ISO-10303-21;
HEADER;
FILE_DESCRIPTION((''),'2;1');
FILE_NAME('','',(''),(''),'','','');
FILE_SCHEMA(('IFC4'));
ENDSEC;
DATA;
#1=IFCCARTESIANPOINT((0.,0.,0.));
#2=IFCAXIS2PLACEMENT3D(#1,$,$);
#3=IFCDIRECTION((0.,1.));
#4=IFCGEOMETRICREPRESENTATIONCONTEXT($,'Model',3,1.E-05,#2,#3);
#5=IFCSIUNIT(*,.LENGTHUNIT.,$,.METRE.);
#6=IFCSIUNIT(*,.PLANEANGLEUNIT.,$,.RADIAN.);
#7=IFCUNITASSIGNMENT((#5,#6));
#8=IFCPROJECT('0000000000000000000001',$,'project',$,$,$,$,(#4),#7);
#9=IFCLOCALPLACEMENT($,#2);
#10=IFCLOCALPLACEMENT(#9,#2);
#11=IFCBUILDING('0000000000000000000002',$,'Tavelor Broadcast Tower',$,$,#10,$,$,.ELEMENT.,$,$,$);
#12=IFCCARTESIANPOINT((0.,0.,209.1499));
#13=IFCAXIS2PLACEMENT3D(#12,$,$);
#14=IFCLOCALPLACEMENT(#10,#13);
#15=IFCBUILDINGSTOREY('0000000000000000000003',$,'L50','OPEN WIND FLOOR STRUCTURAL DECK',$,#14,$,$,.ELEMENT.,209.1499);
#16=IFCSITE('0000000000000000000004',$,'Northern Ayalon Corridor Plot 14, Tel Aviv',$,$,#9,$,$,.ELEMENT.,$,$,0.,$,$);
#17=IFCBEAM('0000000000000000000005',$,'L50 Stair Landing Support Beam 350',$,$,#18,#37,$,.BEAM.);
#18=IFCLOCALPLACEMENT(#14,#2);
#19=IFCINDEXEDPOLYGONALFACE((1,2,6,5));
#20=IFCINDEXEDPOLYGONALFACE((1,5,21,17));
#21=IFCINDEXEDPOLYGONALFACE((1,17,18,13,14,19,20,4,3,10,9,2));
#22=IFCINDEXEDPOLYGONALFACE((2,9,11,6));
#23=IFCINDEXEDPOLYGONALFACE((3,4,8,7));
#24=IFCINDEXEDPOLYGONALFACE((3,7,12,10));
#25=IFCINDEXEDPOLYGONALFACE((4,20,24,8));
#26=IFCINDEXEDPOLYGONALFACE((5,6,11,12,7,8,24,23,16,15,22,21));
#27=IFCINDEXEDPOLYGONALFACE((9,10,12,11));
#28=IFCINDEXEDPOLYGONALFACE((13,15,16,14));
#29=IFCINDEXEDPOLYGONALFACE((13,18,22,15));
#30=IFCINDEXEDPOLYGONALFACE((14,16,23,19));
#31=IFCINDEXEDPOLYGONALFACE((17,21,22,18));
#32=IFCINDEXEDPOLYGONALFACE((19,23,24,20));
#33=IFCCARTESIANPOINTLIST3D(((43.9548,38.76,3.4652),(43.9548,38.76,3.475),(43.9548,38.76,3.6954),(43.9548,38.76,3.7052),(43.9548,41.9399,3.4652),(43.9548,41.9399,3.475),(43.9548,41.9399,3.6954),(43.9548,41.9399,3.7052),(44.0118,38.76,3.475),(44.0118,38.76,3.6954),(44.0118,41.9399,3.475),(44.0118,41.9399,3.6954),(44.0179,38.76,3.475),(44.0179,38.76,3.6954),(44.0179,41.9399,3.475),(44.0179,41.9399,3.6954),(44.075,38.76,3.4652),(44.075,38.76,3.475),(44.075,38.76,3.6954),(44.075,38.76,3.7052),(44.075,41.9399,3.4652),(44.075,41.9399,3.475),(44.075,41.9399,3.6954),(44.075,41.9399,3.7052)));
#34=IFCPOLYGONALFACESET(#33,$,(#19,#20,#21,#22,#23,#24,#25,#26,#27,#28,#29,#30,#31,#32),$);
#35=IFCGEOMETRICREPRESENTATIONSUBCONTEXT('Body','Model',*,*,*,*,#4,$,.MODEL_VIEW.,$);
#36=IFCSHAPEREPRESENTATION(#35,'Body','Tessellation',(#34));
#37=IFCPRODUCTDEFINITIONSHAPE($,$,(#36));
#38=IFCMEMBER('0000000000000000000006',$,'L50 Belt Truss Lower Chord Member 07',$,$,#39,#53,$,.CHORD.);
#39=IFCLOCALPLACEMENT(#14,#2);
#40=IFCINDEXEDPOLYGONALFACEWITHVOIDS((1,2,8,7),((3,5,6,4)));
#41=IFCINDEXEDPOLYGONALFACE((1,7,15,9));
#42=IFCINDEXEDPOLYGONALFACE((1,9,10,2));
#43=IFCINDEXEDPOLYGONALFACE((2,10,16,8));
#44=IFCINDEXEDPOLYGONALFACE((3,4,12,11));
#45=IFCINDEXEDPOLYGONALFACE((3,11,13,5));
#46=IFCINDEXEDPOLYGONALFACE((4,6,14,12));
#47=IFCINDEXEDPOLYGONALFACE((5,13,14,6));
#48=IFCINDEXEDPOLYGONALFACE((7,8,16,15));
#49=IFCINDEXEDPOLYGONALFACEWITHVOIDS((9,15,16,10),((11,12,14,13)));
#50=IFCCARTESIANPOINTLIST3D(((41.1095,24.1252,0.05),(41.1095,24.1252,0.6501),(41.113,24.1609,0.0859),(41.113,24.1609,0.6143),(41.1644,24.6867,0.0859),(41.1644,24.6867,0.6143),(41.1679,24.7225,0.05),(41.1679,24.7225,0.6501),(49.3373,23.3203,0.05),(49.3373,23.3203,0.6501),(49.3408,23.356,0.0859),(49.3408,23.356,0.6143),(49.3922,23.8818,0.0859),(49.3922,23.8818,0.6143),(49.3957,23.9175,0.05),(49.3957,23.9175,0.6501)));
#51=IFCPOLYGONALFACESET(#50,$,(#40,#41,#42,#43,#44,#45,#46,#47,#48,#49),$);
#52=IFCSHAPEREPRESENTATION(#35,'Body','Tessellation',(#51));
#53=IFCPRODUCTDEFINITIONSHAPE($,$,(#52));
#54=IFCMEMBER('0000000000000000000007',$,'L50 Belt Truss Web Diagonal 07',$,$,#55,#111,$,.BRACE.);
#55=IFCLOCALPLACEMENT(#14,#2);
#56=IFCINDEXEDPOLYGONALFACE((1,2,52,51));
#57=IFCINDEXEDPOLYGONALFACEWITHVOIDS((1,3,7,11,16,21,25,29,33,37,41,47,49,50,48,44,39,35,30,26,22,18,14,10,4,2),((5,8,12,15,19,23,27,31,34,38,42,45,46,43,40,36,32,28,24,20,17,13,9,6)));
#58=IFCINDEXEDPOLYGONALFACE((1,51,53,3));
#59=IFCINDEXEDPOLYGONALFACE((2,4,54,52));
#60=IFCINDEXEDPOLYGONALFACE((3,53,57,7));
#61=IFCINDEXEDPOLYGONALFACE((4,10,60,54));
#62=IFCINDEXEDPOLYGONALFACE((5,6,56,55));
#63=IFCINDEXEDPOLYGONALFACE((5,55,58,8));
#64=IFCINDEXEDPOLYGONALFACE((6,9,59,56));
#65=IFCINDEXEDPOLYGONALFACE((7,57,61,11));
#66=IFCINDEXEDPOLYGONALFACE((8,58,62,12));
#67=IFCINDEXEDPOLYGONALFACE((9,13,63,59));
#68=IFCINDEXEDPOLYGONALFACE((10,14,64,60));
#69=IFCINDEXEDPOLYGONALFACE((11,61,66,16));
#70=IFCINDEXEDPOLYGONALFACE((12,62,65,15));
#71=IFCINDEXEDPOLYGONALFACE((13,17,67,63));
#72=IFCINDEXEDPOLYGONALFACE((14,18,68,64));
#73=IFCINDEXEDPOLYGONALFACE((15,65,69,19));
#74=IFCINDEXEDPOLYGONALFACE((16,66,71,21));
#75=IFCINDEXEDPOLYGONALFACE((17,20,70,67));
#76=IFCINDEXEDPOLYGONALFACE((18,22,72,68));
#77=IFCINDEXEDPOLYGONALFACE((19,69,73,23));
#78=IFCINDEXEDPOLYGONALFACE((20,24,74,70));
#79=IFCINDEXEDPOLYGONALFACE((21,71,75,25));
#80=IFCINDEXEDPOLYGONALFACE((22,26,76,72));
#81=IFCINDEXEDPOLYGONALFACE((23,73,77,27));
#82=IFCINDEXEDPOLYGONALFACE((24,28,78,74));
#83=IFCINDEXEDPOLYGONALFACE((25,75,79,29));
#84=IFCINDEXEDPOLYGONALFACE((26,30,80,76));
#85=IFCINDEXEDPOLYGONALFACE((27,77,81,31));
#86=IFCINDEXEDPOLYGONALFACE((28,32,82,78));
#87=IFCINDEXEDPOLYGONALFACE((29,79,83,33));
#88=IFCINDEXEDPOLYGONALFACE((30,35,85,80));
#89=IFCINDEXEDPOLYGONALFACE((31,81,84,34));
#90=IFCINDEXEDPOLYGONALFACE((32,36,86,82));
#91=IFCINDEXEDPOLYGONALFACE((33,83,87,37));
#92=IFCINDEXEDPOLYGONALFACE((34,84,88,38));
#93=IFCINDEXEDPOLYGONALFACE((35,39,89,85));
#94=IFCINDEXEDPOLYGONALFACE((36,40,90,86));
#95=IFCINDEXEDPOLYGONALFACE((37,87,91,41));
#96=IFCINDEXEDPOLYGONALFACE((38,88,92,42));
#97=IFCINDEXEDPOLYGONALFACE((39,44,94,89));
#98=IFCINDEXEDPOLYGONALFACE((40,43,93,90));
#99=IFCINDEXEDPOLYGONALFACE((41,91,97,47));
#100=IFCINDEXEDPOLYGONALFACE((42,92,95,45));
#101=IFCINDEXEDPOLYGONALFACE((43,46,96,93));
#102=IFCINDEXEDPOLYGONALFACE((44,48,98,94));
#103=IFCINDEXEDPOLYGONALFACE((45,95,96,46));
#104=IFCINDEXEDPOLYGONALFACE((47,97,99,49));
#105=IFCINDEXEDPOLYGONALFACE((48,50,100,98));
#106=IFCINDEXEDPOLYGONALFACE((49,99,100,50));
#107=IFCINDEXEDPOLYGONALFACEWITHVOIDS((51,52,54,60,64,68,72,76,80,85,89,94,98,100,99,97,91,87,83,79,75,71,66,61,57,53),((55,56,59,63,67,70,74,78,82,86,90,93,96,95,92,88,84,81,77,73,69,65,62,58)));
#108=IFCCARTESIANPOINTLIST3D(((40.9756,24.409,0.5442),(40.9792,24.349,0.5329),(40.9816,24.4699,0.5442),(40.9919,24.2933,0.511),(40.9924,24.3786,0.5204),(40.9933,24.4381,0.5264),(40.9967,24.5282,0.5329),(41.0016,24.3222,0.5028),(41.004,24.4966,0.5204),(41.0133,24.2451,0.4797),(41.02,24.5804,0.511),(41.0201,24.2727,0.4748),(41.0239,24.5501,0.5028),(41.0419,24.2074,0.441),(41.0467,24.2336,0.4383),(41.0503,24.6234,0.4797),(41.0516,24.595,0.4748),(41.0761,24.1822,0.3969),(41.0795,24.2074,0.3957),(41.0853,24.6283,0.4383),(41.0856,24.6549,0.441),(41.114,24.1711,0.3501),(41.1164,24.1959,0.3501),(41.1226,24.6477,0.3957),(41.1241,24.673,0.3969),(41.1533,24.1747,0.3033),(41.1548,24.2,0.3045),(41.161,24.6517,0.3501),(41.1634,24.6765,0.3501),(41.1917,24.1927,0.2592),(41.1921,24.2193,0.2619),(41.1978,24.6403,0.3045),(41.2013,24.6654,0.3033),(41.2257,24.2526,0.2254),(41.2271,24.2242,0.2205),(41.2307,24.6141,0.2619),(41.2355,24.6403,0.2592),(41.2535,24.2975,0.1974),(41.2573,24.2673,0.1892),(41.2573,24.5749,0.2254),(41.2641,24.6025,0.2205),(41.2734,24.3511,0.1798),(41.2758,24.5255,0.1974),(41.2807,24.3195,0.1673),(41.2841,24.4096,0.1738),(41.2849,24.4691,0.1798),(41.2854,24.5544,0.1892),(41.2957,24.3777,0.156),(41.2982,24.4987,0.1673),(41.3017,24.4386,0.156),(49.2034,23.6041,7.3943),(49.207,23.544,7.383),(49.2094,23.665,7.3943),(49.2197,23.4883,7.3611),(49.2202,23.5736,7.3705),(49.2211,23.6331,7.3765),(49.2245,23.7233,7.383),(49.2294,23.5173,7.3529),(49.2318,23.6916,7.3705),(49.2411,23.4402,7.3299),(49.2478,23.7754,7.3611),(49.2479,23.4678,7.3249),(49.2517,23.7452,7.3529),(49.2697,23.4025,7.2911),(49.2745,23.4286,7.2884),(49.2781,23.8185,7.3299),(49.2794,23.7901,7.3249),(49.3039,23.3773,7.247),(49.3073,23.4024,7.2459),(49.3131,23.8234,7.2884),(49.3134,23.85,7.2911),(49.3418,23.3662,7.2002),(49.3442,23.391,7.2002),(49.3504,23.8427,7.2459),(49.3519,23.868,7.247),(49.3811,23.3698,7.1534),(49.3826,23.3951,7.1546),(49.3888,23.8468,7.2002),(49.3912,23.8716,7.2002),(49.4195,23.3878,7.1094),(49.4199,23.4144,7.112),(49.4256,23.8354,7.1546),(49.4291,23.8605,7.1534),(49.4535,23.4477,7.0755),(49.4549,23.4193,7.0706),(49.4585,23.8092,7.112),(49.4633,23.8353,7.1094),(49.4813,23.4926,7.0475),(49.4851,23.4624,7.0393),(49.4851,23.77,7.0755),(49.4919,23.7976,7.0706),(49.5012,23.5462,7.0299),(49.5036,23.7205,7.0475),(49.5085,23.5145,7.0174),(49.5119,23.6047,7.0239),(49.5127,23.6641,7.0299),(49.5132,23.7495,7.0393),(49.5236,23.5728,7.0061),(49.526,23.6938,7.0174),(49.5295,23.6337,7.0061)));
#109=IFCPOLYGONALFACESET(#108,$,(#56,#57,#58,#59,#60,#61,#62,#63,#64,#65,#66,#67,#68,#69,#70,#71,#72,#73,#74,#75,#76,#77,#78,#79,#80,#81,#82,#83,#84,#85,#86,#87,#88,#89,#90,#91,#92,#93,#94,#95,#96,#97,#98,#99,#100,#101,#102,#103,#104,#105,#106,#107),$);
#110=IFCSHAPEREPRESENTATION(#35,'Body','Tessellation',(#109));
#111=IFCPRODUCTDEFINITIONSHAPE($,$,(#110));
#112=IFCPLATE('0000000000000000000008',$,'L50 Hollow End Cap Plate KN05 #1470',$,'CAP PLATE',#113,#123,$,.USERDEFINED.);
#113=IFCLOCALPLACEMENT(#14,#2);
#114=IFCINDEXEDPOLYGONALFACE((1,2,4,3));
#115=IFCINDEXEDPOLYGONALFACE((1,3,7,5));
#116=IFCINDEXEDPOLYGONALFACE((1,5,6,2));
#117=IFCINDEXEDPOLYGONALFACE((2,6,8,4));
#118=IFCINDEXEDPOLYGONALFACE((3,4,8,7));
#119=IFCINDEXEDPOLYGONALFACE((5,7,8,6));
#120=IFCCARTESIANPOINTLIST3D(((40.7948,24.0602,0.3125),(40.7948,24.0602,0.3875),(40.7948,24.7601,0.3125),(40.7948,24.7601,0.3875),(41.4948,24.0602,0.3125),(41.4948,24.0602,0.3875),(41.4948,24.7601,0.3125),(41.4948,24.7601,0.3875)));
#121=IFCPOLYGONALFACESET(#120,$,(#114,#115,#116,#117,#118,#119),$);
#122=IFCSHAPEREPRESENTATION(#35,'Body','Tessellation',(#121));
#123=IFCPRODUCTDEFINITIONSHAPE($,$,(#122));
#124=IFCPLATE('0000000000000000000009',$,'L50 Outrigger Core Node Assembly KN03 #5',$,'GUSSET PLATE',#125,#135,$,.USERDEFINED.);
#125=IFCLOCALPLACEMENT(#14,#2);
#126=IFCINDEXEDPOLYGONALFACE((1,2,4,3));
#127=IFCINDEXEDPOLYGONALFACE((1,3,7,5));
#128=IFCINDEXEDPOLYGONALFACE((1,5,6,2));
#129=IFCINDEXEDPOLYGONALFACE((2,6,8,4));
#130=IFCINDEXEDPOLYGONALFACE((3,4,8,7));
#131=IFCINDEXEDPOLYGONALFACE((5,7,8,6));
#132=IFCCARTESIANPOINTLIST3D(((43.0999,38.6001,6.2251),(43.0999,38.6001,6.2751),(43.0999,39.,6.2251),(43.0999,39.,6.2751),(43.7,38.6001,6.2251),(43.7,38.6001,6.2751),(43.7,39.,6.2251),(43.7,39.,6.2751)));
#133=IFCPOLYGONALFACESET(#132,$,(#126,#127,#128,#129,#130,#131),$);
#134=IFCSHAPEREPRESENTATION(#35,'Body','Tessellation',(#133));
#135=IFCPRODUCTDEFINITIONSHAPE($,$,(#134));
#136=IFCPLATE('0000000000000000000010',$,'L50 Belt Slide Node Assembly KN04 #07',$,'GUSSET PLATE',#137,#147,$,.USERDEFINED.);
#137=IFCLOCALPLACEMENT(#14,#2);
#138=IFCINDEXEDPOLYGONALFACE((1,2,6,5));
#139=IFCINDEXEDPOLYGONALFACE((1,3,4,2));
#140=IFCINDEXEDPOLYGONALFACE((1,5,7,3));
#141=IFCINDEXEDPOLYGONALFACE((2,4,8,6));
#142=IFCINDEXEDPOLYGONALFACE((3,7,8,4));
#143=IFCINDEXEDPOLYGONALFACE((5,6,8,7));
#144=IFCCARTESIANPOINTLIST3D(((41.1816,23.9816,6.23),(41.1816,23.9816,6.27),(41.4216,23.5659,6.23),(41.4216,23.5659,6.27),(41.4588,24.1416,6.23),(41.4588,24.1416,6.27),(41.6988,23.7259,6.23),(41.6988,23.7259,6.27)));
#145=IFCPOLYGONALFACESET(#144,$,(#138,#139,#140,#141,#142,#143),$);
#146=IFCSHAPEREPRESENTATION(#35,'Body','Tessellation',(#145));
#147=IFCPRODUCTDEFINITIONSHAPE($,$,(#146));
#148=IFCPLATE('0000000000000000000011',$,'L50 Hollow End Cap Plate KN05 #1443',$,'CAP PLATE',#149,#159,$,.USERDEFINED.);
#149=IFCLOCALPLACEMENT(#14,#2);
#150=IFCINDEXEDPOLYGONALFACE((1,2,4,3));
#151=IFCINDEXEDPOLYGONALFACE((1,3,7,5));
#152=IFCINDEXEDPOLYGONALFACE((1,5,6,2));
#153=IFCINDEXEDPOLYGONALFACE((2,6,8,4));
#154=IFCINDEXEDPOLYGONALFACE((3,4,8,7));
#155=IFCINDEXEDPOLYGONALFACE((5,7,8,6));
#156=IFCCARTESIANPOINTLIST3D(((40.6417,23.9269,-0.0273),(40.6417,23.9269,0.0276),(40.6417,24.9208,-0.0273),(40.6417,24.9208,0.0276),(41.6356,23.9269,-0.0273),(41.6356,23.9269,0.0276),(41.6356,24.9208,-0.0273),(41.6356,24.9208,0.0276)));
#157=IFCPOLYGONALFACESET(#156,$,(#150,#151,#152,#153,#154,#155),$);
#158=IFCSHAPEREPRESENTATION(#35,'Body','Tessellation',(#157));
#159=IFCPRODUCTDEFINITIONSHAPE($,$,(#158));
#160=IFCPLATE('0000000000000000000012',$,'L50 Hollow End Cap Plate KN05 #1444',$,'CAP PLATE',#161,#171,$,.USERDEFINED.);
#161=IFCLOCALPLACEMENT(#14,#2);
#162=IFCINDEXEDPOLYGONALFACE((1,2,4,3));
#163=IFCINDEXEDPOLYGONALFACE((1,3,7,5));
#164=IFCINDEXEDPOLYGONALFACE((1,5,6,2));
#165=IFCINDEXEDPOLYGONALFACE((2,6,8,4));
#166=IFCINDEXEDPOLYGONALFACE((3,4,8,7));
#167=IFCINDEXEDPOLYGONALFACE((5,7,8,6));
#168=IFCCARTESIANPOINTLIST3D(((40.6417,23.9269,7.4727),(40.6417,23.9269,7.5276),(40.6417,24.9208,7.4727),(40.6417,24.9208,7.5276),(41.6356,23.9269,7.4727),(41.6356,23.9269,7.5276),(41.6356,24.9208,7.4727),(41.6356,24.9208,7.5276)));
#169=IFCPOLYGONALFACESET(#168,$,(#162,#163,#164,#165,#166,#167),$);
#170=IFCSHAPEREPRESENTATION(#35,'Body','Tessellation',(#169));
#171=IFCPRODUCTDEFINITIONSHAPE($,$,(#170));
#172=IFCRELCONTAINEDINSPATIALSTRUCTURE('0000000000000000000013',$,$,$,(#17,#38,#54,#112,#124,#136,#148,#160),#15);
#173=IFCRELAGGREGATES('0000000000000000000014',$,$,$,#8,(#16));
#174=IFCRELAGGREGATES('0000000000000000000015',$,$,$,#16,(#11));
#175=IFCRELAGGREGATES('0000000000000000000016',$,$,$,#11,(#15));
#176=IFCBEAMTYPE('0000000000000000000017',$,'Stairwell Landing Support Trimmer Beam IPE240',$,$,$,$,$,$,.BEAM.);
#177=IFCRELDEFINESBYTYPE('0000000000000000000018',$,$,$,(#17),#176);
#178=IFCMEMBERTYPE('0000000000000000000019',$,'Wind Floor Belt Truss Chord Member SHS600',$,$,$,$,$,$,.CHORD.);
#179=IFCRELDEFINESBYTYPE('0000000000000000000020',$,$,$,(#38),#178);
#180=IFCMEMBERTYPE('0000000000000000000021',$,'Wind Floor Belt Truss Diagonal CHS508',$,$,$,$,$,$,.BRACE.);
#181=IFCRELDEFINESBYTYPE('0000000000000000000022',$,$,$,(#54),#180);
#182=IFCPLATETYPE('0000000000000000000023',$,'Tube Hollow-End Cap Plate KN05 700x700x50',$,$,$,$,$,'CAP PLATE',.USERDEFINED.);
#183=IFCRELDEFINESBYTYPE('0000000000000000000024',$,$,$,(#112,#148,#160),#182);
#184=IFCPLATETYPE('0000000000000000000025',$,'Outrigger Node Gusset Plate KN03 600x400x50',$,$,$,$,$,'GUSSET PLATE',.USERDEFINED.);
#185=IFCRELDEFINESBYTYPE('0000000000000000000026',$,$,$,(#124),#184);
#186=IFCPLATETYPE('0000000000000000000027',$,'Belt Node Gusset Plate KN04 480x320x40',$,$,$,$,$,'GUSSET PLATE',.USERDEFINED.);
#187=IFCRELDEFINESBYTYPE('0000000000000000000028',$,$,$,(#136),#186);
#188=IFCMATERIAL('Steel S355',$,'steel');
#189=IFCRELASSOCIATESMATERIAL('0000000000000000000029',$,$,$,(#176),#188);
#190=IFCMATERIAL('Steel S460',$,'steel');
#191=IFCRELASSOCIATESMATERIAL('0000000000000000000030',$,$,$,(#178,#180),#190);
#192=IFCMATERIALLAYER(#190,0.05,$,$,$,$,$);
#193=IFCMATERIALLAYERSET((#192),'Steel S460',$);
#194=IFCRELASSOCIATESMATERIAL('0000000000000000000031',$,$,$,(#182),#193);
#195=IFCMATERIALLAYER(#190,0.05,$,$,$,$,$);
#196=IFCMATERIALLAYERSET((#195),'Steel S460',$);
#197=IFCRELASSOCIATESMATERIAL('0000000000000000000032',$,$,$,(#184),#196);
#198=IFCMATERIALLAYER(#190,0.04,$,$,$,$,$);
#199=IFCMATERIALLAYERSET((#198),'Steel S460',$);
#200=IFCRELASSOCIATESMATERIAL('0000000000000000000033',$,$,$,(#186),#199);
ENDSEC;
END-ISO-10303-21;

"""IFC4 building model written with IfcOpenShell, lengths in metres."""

from ifc_helpers import new_model, si_unit, direction, frame, origin, origin_2d, place, context, subcontext, project, spatial, rectangle, hollow_rectangle, hollow_circle, i_section, extrude, source, transform, mapped, material, layer, layer_set, material_profile, profile_set, type_object, type_shapes, element, save


model = new_model("IFC4")

# Units and contexts
model_context = context("Model", 3, precision=1e-05, world=origin(), true_north=direction((0.0, 1.0)))
body_context = subcontext(model_context, "Body", "Model", "MODEL_VIEW")
ifc_project = project(units=[si_unit("LENGTHUNIT", "METRE"), si_unit("PLANEANGLEUNIT", "RADIAN")], contexts=[model_context])

# Site, building, storey
site_placement = place(None, origin())
site = spatial("IfcSite", under=ifc_project, at=site_placement, Name="Northern Ayalon Corridor Plot 14, Tel Aviv", CompositionType="ELEMENT", RefElevation=0.0)
building_placement = place(site_placement, origin())
building = spatial("IfcBuilding", under=site, at=building_placement, Name="Tavelor Broadcast Tower", CompositionType="ELEMENT")
storey_placement = place(building_placement, frame((0.0, 0.0, 209.1499)))
storey = spatial("IfcBuildingStorey", under=building, at=storey_placement, Name="L50", Description="OPEN WIND FLOOR STRUCTURAL DECK", CompositionType="ELEMENT", Elevation=209.1499)

# Shared definitions
ifc_material_1 = material(Name="Steel S460", Category="steel")

# Beam
ifc_material_2 = material(Name="Steel S355", Category="steel")
ifc_material_profile_1 = material_profile(ifc_material_2, i_section(OverallWidth=0.1201, OverallDepth=0.24, WebThickness=0.0061, FlangeThickness=0.0098, at=origin_2d()), Name="IPE 240")
ifc_profile_set_1 = profile_set([ifc_material_profile_1], Name="Steel S355")
beam_type_1 = type_object("IfcBeamType", Name="Stairwell Landing Support Trimmer Beam IPE240", PredefinedType="BEAM", material=ifc_profile_set_1)
for number, where, z_axis, x_axis, name in (
    (1, (44.0149, 38.76, 3.5852), (0.0, 1.0, 0.0), (-1.0, 0.0, 0.0), "L50 Stair Landing Support Beam 350"),
):
    element("IfcBeam", number, at=place(storey_placement, frame(where, z_axis=z_axis, x_axis=x_axis)), inside=storey, type_object=beam_type_1, Name=name, PredefinedType="BEAM", context=body_context, shape_type="SweptSolid", body=[
        extrude(i_section(OverallWidth=0.1201, OverallDepth=0.24, WebThickness=0.0061, FlangeThickness=0.0098, at=origin_2d()), origin(), (0.0, 0.0, 1.0), 3.1799),
    ])

# Members
ifc_material_profile_2 = material_profile(ifc_material_1, hollow_rectangle(XDim=0.6001, YDim=0.6001, WallThickness=0.0359, at=origin_2d()), Name="SHS 600x600x36")
ifc_profile_set_2 = profile_set([ifc_material_profile_2], Name="Steel S460")
member_type_1 = type_object("IfcMemberType", Name="Wind Floor Belt Truss Chord Member SHS600", PredefinedType="CHORD", material=ifc_profile_set_2)
member_1_placement = place(storey_placement, frame((41.1387, 24.4238, 0.3501), z_axis=(0.995249, -0.097366, 0.0), x_axis=(0.097366, 0.995249, 0.0)))
element("IfcMember", 2, at=member_1_placement, inside=storey, type_object=member_type_1, Name="L50 Belt Truss Lower Chord Member 07", PredefinedType="CHORD", context=body_context, shape_type="SweptSolid", body=[
    extrude(hollow_rectangle(XDim=0.6001, YDim=0.6001, WallThickness=0.0359, at=origin_2d()), origin(), (0.0, 0.0, 1.0), 8.2671),
])
ifc_material_profile_3 = material_profile(ifc_material_1, hollow_circle(Radius=0.2539, WallThickness=0.0249, at=origin_2d()), Name="CHS 508x25")
ifc_profile_set_3 = profile_set([ifc_material_profile_3], Name="Steel S460")
member_type_2 = type_object("IfcMemberType", Name="Wind Floor Belt Truss Diagonal CHS508", PredefinedType="BRACE", material=ifc_profile_set_3)
member_2_placement = place(storey_placement, frame((41.1387, 24.4238, 0.3501), z_axis=(0.766352, -0.074973, 0.638031), x_axis=(0.097366, 0.995249, 0.0)))
element("IfcMember", 3, at=member_2_placement, inside=storey, type_object=member_type_2, Name="L50 Belt Truss Web Diagonal 07", PredefinedType="BRACE", context=body_context, shape_type="SweptSolid", body=[
    extrude(hollow_circle(Radius=0.2539, WallThickness=0.0249, at=origin_2d()), origin(), (0.0, 0.0, 1.0), 10.7363),
])

# Plates
ifc_layer_1 = layer(ifc_material_1, 0.05)
ifc_layer_set_1 = layer_set([ifc_layer_1], Name="Steel S460")
plate_type_1 = type_object("IfcPlateType", Name="Tube Hollow-End Cap Plate KN05 700x700x50", ElementType="CAP PLATE", PredefinedType="USERDEFINED", material=ifc_layer_set_1)
shared_shape_1 = source(origin(), body_context, "Body", "SweptSolid", [
    extrude(rectangle(XDim=0.7, YDim=0.7, at=origin_2d()), origin(), (0.0, 0.0, 1.0), 0.075),
])
plate_1_placement = place(storey_placement, frame((41.1448, 24.4102, 0.3125), z_axis=(0.0, 0.0, 1.0), x_axis=(1.0, 0.0, 0.0)))
element("IfcPlate", 4, at=plate_1_placement, inside=storey, type_object=plate_type_1, Name="L50 Hollow End Cap Plate KN05 #1470", ObjectType="CAP PLATE", PredefinedType="USERDEFINED", context=body_context, shape_type="MappedRepresentation", body=[
    mapped(shared_shape_1, transform((0.0, 0.0, 0.0), scale=1.0)),
])
ifc_layer_2 = layer(ifc_material_1, 0.05)
ifc_layer_set_2 = layer_set([ifc_layer_2], Name="Steel S460")
plate_type_2 = type_object("IfcPlateType", Name="Outrigger Node Gusset Plate KN03 600x400x50", ElementType="GUSSET PLATE", PredefinedType="USERDEFINED", material=ifc_layer_set_2)
shared_shape_2 = source(origin(), body_context, "Body", "SweptSolid", [
    extrude(rectangle(XDim=0.6001, YDim=0.3999, at=origin_2d()), origin(), (0.0, 0.0, 1.0), 0.05),
])
type_shapes(plate_type_2, [shared_shape_2])
plate_2_placement = place(storey_placement, frame((43.3999, 38.8, 6.2251), z_axis=(0.0, 0.0, 1.0), x_axis=(1.0, 0.0, 0.0)))
element("IfcPlate", 5, at=plate_2_placement, inside=storey, type_object=plate_type_2, Name="L50 Outrigger Core Node Assembly KN03 #5", ObjectType="GUSSET PLATE", PredefinedType="USERDEFINED", context=body_context, shape_type="MappedRepresentation", body=[
    mapped(shared_shape_2, transform((0.0, 0.0, 0.0), scale=1.0)),
])
ifc_layer_3 = layer(ifc_material_1, 0.04)
ifc_layer_set_3 = layer_set([ifc_layer_3], Name="Steel S460")
plate_type_3 = type_object("IfcPlateType", Name="Belt Node Gusset Plate KN04 480x320x40", ElementType="GUSSET PLATE", PredefinedType="USERDEFINED", material=ifc_layer_set_3)
shared_shape_3 = source(origin(), body_context, "Body", "SweptSolid", [
    extrude(rectangle(XDim=0.48, YDim=0.3201, at=origin_2d()), origin(), (0.0, 0.0, 1.0), 0.04),
])
type_shapes(plate_type_3, [shared_shape_3])
plate_3_placement = place(storey_placement, frame((41.4402, 23.8538, 6.23), z_axis=(0.0, 0.0, 1.0), x_axis=(-0.5, 0.866025, 0.0)))
element("IfcPlate", 6, at=plate_3_placement, inside=storey, type_object=plate_type_3, Name="L50 Belt Slide Node Assembly KN04 #07", ObjectType="GUSSET PLATE", PredefinedType="USERDEFINED", context=body_context, shape_type="MappedRepresentation", body=[
    mapped(shared_shape_3, transform((0.0, 0.0, 0.0), scale=1.0)),
])
shared_shape_4 = source(origin(), body_context, "Body", "SweptSolid", [
    extrude(rectangle(XDim=0.9939, YDim=0.9939, at=origin_2d()), origin(), (0.0, 0.0, 1.0), 0.0549),
])
type_shapes(plate_type_1, [shared_shape_1, shared_shape_4])
for number, where, z_axis, x_axis, name in (
    (7, (41.1387, 24.4238, -0.0273), (0.0, 0.0, 1.0), (1.0, 0.0, 0.0), "L50 Hollow End Cap Plate KN05 #1443"),
    (8, (41.1387, 24.4238, 7.4727), (0.0, 0.0, 1.0), (1.0, 0.0, 0.0), "L50 Hollow End Cap Plate KN05 #1444"),
):
    element("IfcPlate", number, at=place(storey_placement, frame(where, z_axis=z_axis, x_axis=x_axis)), inside=storey, type_object=plate_type_1, Name=name, ObjectType="CAP PLATE", PredefinedType="USERDEFINED", context=body_context, shape_type="MappedRepresentation", body=[
        mapped(shared_shape_4, transform((0.0, 0.0, 0.0), scale=1.0)),
    ])

save(model, "model.ifc")
